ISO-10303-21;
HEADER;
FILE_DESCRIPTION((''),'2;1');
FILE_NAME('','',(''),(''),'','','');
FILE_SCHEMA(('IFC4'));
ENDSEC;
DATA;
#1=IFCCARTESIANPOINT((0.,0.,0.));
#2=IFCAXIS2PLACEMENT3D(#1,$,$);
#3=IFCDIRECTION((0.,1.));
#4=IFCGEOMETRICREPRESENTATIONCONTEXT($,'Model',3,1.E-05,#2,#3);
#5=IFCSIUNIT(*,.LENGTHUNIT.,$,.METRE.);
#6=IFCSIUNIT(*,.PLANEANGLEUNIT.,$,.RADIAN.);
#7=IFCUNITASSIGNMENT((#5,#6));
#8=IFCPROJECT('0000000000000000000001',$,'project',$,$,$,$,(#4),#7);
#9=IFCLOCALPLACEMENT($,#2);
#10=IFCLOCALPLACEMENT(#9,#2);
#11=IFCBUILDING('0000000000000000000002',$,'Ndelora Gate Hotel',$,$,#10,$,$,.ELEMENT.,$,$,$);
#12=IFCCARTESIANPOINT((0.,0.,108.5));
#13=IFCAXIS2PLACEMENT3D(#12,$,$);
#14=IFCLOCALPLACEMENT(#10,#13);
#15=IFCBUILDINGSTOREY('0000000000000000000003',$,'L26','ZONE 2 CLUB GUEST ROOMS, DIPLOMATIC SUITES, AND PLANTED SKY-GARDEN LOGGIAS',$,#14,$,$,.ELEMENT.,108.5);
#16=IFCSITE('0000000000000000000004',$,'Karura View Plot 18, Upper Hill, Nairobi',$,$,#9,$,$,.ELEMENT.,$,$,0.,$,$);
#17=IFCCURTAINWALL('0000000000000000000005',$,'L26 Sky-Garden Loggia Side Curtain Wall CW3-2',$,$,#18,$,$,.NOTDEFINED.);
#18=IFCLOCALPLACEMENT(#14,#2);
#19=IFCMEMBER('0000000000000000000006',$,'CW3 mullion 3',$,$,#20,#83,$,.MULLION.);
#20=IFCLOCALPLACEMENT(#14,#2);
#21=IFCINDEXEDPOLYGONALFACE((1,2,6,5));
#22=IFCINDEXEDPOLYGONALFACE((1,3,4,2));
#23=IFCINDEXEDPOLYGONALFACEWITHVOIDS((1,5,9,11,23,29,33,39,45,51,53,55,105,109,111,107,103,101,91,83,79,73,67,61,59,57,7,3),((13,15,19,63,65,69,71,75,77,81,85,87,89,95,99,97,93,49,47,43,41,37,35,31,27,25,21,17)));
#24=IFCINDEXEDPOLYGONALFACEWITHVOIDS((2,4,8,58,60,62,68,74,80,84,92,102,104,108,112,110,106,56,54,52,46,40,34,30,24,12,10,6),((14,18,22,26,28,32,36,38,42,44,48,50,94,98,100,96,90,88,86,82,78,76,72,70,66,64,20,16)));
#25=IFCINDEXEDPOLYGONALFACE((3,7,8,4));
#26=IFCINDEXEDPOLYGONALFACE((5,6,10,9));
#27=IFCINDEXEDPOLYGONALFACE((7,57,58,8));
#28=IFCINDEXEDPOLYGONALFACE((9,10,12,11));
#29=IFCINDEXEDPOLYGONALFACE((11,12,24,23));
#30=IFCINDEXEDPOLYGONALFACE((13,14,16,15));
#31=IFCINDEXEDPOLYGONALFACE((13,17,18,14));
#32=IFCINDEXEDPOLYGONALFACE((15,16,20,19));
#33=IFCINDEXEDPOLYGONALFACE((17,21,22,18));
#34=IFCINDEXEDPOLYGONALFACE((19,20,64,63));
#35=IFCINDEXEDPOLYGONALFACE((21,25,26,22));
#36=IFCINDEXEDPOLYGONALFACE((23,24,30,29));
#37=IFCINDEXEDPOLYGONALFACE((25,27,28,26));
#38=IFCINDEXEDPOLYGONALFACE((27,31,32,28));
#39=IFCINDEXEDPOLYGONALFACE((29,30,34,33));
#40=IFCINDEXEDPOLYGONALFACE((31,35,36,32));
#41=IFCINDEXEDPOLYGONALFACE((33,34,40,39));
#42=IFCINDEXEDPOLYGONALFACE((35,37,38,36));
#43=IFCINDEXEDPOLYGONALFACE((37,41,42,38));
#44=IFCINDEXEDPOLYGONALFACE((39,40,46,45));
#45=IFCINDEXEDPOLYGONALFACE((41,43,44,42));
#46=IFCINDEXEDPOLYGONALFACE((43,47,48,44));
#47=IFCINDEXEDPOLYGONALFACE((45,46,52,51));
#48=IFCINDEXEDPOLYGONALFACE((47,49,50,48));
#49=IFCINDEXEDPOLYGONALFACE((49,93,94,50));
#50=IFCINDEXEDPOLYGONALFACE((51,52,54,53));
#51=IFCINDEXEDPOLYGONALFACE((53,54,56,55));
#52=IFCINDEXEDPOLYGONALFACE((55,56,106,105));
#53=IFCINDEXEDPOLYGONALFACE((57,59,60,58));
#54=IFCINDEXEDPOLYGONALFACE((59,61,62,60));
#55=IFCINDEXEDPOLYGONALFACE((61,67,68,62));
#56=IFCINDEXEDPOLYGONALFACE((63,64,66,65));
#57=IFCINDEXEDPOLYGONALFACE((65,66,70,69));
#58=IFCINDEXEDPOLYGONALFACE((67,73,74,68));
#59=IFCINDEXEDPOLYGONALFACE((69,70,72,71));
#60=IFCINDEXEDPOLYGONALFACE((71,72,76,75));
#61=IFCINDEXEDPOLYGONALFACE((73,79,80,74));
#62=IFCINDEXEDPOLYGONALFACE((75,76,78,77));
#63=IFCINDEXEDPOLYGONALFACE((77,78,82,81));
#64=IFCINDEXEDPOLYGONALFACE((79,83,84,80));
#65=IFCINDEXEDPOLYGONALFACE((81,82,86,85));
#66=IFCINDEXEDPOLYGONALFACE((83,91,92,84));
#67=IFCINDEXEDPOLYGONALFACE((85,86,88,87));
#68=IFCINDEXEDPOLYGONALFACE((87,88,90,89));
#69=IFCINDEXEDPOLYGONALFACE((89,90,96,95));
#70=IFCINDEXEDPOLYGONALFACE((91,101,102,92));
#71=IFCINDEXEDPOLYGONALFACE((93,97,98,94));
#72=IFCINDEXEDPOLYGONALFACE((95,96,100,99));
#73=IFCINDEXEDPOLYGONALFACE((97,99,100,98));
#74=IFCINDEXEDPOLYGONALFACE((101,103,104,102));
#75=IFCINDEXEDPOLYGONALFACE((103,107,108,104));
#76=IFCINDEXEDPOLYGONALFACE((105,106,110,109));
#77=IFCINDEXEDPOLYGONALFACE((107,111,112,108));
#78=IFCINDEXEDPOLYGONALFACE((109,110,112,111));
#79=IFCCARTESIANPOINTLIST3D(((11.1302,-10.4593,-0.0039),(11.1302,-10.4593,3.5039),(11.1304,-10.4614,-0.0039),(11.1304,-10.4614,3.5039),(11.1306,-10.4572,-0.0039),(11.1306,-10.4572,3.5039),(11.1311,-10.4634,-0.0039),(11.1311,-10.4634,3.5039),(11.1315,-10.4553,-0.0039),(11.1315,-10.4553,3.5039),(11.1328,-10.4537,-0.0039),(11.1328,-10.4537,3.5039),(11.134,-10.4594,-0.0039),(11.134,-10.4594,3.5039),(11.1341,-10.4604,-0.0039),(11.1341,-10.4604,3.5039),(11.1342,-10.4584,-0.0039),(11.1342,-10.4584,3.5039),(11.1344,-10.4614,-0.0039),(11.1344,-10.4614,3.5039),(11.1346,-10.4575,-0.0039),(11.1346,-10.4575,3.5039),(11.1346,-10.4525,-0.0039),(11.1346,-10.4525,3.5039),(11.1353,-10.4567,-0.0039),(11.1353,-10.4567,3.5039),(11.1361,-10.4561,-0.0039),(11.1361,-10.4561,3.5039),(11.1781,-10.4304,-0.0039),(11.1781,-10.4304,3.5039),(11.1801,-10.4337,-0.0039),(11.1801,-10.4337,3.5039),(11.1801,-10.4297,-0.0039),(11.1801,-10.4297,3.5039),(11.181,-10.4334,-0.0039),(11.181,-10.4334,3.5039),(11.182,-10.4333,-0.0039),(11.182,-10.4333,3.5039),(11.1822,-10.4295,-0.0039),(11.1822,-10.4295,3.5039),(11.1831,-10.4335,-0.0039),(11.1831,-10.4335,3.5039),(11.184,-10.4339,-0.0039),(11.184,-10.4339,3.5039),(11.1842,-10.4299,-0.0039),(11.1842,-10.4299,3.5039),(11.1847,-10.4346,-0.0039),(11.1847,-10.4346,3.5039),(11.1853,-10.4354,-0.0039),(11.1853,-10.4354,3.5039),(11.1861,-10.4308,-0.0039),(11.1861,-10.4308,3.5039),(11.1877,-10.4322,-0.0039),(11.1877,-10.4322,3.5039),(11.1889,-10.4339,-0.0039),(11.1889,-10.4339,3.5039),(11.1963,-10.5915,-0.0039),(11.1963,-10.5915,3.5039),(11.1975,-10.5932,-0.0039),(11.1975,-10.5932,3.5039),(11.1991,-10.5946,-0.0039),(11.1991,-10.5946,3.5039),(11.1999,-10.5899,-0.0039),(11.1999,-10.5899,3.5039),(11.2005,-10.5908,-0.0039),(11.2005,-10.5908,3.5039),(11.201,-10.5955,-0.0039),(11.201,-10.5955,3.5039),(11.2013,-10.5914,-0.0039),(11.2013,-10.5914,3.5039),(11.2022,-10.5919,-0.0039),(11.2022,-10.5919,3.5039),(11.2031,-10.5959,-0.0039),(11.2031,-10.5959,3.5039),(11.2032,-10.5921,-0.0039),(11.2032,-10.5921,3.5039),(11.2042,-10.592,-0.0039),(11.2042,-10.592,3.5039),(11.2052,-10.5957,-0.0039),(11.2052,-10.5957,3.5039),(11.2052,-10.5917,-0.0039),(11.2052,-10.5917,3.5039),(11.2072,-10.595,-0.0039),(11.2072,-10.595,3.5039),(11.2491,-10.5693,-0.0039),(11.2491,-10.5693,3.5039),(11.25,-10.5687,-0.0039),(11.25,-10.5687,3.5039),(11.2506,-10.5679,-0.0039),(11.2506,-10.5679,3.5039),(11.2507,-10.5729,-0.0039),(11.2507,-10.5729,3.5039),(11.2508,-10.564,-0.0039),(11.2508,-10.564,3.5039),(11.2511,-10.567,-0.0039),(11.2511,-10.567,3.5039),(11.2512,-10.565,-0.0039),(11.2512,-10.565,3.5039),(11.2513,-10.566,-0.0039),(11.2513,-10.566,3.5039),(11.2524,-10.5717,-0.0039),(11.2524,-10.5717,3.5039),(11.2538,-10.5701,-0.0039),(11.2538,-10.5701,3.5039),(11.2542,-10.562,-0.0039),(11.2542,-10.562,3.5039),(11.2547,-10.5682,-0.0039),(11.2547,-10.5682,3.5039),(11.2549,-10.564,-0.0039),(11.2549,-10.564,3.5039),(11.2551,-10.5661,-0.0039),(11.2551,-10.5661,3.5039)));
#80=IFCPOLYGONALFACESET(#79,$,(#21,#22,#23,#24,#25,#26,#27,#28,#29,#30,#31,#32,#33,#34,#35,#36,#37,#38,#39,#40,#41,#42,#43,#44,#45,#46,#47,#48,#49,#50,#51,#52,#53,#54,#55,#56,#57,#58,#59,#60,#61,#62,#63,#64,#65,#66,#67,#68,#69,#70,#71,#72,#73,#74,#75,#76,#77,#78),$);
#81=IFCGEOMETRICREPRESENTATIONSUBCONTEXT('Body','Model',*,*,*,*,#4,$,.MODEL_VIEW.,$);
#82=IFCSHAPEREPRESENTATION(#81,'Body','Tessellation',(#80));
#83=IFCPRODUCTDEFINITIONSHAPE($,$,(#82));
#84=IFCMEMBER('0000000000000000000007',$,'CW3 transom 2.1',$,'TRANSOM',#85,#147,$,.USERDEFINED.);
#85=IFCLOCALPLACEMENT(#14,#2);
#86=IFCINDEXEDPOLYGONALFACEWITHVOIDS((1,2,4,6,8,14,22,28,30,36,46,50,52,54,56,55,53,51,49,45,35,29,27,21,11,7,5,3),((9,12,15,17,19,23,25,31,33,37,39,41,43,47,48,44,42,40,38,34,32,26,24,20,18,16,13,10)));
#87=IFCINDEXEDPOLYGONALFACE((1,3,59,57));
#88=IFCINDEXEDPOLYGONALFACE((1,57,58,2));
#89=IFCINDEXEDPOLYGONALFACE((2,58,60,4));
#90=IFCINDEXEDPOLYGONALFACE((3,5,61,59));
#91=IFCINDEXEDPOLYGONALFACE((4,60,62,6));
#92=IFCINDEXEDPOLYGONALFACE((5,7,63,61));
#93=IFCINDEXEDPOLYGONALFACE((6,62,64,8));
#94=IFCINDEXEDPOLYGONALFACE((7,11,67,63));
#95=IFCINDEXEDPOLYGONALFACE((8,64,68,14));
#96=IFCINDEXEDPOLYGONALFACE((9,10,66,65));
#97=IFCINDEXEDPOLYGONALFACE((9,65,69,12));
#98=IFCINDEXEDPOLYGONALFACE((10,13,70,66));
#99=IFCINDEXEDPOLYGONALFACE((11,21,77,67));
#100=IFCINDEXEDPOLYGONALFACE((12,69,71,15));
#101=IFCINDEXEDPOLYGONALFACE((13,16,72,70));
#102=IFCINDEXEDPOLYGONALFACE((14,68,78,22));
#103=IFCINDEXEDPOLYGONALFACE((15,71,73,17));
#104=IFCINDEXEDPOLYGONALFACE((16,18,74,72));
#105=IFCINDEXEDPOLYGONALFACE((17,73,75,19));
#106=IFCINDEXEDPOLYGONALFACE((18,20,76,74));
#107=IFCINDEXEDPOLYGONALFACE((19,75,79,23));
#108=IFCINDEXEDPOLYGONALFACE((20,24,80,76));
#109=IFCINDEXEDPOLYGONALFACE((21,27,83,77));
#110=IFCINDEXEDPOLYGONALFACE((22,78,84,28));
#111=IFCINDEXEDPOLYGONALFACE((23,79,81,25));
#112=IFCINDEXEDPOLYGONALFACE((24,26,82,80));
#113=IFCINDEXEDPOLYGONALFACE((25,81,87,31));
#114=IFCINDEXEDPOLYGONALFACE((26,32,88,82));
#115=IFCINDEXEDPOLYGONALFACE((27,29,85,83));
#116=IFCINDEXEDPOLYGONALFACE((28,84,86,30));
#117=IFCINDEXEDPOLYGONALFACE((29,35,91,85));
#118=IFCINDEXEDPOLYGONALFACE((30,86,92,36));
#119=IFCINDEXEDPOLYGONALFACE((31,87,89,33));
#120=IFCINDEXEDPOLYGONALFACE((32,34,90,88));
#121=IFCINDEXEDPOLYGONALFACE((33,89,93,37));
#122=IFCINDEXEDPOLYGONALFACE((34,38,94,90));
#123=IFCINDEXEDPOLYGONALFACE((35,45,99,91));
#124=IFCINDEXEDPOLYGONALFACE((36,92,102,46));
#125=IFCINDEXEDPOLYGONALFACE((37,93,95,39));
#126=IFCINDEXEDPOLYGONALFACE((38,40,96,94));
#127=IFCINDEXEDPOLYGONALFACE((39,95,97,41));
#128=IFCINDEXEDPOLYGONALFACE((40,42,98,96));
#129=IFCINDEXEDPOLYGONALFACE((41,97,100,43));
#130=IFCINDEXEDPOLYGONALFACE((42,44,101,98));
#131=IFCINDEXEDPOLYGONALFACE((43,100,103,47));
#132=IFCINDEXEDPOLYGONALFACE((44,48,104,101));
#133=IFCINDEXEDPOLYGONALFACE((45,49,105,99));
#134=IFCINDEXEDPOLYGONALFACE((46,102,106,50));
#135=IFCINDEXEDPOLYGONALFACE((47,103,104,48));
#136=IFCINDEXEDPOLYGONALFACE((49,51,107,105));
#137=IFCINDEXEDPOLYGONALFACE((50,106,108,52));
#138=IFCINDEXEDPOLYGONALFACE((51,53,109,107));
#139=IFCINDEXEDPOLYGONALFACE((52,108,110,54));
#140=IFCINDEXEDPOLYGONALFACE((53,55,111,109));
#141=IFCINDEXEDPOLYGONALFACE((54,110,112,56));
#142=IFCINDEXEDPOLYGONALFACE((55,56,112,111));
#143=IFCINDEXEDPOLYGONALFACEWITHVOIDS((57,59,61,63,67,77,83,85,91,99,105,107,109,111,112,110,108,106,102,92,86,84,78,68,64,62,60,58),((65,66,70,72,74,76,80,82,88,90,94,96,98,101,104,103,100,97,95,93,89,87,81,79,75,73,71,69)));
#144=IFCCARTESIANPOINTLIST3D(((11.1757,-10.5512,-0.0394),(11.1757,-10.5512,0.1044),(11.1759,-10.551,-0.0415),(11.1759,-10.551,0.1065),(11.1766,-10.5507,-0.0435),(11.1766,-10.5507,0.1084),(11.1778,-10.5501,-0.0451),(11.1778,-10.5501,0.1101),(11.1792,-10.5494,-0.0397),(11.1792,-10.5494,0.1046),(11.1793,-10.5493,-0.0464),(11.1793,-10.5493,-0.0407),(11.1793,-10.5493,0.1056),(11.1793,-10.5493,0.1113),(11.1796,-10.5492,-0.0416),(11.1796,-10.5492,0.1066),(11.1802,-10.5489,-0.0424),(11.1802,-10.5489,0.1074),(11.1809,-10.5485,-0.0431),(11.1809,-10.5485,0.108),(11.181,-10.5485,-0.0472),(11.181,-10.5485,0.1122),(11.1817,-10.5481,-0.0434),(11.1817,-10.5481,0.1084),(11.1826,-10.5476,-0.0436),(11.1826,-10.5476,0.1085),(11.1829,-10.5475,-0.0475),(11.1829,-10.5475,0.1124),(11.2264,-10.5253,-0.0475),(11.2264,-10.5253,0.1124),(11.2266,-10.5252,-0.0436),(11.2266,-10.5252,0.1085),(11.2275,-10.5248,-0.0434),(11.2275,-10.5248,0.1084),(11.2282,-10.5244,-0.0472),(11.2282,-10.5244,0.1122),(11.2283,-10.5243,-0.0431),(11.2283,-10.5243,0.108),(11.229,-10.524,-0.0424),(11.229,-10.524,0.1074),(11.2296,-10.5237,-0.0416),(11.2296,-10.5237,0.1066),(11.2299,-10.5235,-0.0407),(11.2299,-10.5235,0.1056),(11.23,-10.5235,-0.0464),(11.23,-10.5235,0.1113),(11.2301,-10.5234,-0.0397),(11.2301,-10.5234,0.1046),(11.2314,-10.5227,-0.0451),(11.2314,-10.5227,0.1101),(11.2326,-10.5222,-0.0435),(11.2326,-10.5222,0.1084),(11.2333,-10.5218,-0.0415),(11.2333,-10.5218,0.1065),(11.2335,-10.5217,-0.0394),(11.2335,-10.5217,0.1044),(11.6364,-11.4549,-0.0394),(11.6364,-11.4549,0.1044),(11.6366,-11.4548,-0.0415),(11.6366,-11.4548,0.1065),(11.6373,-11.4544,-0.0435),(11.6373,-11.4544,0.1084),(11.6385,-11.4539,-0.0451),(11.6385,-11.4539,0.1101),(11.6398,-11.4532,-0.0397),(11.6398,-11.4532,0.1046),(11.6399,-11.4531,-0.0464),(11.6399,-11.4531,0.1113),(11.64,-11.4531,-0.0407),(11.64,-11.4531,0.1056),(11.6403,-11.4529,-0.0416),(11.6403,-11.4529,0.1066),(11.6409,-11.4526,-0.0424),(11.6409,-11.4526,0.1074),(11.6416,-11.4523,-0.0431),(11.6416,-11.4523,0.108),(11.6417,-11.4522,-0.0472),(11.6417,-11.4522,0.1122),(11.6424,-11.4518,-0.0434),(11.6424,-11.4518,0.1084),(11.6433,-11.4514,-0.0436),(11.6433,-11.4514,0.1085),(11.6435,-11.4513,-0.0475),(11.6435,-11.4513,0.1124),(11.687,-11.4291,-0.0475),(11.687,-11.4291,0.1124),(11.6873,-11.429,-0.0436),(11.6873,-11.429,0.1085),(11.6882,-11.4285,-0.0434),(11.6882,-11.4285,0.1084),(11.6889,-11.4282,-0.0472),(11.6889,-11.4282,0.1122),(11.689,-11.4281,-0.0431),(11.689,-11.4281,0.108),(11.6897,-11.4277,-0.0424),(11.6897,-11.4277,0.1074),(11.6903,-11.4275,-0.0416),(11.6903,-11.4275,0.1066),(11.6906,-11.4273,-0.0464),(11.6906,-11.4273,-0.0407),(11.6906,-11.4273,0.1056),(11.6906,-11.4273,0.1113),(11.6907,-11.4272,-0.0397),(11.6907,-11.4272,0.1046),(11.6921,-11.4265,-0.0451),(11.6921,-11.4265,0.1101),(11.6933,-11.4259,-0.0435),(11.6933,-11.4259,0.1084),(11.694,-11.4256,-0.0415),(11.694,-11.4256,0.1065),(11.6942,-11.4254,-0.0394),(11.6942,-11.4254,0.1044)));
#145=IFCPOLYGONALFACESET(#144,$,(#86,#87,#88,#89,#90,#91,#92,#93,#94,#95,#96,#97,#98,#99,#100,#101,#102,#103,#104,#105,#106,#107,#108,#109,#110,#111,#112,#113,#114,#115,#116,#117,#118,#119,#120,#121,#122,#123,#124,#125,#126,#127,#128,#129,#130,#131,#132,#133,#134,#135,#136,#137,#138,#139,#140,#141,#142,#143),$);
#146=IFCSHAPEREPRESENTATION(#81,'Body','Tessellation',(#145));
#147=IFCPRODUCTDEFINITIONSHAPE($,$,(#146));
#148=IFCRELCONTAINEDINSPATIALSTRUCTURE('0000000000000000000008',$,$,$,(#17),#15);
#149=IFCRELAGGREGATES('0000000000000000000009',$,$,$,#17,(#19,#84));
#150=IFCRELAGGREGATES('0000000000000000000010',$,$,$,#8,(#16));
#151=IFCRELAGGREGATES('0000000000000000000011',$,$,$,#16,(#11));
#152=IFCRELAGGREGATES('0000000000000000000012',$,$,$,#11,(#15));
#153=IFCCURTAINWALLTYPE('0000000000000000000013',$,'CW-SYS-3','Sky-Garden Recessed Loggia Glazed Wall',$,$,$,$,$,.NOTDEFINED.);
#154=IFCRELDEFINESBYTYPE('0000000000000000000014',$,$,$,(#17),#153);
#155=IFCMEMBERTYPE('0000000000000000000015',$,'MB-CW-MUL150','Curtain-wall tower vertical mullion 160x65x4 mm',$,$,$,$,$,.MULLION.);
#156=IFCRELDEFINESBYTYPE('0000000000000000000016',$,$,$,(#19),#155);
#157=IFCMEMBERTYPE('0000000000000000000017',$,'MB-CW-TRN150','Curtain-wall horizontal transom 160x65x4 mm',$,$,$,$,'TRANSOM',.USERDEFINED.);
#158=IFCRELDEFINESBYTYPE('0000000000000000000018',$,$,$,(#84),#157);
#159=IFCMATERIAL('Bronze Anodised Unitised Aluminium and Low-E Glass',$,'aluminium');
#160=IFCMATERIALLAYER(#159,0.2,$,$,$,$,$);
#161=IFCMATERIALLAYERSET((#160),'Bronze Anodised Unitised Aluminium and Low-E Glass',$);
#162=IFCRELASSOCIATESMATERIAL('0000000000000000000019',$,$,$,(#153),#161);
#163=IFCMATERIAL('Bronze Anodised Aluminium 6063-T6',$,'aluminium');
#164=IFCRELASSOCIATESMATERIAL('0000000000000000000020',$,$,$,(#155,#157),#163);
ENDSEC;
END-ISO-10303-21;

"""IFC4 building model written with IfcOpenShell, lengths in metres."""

from ifc_helpers import new_model, si_unit, direction, frame, origin, origin_2d, place, context, subcontext, project, spatial, hollow_rectangle, extrude, material, layer, layer_set, material_profile, profile_set, type_object, element, aggregate, save


model = new_model("IFC4")

# Units and contexts
model_context = context("Model", 3, precision=1e-05, world=origin(), true_north=direction((0.0, 1.0)))
body_context = subcontext(model_context, "Body", "Model", "MODEL_VIEW")
ifc_project = project(units=[si_unit("LENGTHUNIT", "METRE"), si_unit("PLANEANGLEUNIT", "RADIAN")], contexts=[model_context])

# Site, building, storey
site_placement = place(None, origin())
site = spatial("IfcSite", under=ifc_project, at=site_placement, Name="Karura View Plot 18, Upper Hill, Nairobi", CompositionType="ELEMENT", RefElevation=0.0)
building_placement = place(site_placement, origin())
building = spatial("IfcBuilding", under=site, at=building_placement, Name="Ndelora Gate Hotel", CompositionType="ELEMENT")
storey_placement = place(building_placement, frame((0.0, 0.0, 108.5)))
storey = spatial("IfcBuildingStorey", under=building, at=storey_placement, Name="L26", Description="ZONE 2 CLUB GUEST ROOMS, DIPLOMATIC SUITES, AND PLANTED SKY-GARDEN LOGGIAS", CompositionType="ELEMENT", Elevation=108.5)

# Curtain wall, members
ifc_material_1 = material(Name="Bronze Anodised Unitised Aluminium and Low-E Glass", Category="aluminium")
ifc_layer_1 = layer(ifc_material_1, 0.2)
ifc_layer_set_1 = layer_set([ifc_layer_1], Name="Bronze Anodised Unitised Aluminium and Low-E Glass")
curtain_wall_type = type_object("IfcCurtainWallType", Name="CW-SYS-3", Description="Sky-Garden Recessed Loggia Glazed Wall", PredefinedType="NOTDEFINED", material=ifc_layer_set_1)
curtain_wall_placement = place(storey_placement, origin())
curtain_wall = element("IfcCurtainWall", 1, at=curtain_wall_placement, inside=storey, type_object=curtain_wall_type, Name="L26 Sky-Garden Loggia Side Curtain Wall CW3-2", PredefinedType="NOTDEFINED")
ifc_material_2 = material(Name="Bronze Anodised Aluminium 6063-T6", Category="aluminium")
ifc_material_profile_1 = material_profile(ifc_material_2, hollow_rectangle(XDim=0.0649, YDim=0.1599, WallThickness=0.0039, InnerFilletRadius=0.0039, OuterFilletRadius=0.0081, at=origin_2d()), Name="ALU 160x65x4")
ifc_profile_set_1 = profile_set([ifc_material_profile_1], Name="Bronze Anodised Aluminium 6063-T6")
member_type_1 = type_object("IfcMemberType", Name="MB-CW-MUL150", Description="Curtain-wall tower vertical mullion 160x65x4 mm", PredefinedType="MULLION", material=ifc_profile_set_1)
member_1_placement = place(storey_placement, frame((11.1926, -10.5127, -0.0039), z_axis=(0.0, 0.0, 1.0), x_axis=(-0.891001, -0.454001, 0.0)))
member_1 = element("IfcMember", 2, at=member_1_placement, type_object=member_type_1, Name="CW3 mullion 3", PredefinedType="MULLION", context=body_context, shape_type="SweptSolid", body=[
    extrude(hollow_rectangle(XDim=0.0649, YDim=0.1599, WallThickness=0.0039, InnerFilletRadius=0.0039, OuterFilletRadius=0.0081, at=origin_2d()), origin(), (0.0, 0.0, 1.0), 3.5078),
])
ifc_material_profile_2 = material_profile(ifc_material_2, hollow_rectangle(XDim=0.0649, YDim=0.1599, WallThickness=0.0039, InnerFilletRadius=0.0039, OuterFilletRadius=0.0081, at=origin_2d()), Name="ALU 160x65x4")
ifc_profile_set_2 = profile_set([ifc_material_profile_2], Name="Bronze Anodised Aluminium 6063-T6")
member_type_2 = type_object("IfcMemberType", Name="MB-CW-TRN150", Description="Curtain-wall horizontal transom 160x65x4 mm", ElementType="TRANSOM", PredefinedType="USERDEFINED", material=ifc_profile_set_2)
member_2_placement = place(storey_placement, frame((11.6653, -11.4402, 0.0325), z_axis=(-0.454131, 0.890935, 0.0), x_axis=(-0.890935, -0.454131, 0.0)))
member_2 = element("IfcMember", 3, at=member_2_placement, type_object=member_type_2, Name="CW3 transom 2.1", ObjectType="TRANSOM", PredefinedType="USERDEFINED", context=body_context, shape_type="SweptSolid", body=[
    extrude(hollow_rectangle(XDim=0.0649, YDim=0.1599, WallThickness=0.0039, InnerFilletRadius=0.0039, OuterFilletRadius=0.0081, at=origin_2d()), origin(), (0.0, 0.0, 1.0), 1.0144),
])
aggregate(curtain_wall, [member_1, member_2])

save(model, "model.ifc")
